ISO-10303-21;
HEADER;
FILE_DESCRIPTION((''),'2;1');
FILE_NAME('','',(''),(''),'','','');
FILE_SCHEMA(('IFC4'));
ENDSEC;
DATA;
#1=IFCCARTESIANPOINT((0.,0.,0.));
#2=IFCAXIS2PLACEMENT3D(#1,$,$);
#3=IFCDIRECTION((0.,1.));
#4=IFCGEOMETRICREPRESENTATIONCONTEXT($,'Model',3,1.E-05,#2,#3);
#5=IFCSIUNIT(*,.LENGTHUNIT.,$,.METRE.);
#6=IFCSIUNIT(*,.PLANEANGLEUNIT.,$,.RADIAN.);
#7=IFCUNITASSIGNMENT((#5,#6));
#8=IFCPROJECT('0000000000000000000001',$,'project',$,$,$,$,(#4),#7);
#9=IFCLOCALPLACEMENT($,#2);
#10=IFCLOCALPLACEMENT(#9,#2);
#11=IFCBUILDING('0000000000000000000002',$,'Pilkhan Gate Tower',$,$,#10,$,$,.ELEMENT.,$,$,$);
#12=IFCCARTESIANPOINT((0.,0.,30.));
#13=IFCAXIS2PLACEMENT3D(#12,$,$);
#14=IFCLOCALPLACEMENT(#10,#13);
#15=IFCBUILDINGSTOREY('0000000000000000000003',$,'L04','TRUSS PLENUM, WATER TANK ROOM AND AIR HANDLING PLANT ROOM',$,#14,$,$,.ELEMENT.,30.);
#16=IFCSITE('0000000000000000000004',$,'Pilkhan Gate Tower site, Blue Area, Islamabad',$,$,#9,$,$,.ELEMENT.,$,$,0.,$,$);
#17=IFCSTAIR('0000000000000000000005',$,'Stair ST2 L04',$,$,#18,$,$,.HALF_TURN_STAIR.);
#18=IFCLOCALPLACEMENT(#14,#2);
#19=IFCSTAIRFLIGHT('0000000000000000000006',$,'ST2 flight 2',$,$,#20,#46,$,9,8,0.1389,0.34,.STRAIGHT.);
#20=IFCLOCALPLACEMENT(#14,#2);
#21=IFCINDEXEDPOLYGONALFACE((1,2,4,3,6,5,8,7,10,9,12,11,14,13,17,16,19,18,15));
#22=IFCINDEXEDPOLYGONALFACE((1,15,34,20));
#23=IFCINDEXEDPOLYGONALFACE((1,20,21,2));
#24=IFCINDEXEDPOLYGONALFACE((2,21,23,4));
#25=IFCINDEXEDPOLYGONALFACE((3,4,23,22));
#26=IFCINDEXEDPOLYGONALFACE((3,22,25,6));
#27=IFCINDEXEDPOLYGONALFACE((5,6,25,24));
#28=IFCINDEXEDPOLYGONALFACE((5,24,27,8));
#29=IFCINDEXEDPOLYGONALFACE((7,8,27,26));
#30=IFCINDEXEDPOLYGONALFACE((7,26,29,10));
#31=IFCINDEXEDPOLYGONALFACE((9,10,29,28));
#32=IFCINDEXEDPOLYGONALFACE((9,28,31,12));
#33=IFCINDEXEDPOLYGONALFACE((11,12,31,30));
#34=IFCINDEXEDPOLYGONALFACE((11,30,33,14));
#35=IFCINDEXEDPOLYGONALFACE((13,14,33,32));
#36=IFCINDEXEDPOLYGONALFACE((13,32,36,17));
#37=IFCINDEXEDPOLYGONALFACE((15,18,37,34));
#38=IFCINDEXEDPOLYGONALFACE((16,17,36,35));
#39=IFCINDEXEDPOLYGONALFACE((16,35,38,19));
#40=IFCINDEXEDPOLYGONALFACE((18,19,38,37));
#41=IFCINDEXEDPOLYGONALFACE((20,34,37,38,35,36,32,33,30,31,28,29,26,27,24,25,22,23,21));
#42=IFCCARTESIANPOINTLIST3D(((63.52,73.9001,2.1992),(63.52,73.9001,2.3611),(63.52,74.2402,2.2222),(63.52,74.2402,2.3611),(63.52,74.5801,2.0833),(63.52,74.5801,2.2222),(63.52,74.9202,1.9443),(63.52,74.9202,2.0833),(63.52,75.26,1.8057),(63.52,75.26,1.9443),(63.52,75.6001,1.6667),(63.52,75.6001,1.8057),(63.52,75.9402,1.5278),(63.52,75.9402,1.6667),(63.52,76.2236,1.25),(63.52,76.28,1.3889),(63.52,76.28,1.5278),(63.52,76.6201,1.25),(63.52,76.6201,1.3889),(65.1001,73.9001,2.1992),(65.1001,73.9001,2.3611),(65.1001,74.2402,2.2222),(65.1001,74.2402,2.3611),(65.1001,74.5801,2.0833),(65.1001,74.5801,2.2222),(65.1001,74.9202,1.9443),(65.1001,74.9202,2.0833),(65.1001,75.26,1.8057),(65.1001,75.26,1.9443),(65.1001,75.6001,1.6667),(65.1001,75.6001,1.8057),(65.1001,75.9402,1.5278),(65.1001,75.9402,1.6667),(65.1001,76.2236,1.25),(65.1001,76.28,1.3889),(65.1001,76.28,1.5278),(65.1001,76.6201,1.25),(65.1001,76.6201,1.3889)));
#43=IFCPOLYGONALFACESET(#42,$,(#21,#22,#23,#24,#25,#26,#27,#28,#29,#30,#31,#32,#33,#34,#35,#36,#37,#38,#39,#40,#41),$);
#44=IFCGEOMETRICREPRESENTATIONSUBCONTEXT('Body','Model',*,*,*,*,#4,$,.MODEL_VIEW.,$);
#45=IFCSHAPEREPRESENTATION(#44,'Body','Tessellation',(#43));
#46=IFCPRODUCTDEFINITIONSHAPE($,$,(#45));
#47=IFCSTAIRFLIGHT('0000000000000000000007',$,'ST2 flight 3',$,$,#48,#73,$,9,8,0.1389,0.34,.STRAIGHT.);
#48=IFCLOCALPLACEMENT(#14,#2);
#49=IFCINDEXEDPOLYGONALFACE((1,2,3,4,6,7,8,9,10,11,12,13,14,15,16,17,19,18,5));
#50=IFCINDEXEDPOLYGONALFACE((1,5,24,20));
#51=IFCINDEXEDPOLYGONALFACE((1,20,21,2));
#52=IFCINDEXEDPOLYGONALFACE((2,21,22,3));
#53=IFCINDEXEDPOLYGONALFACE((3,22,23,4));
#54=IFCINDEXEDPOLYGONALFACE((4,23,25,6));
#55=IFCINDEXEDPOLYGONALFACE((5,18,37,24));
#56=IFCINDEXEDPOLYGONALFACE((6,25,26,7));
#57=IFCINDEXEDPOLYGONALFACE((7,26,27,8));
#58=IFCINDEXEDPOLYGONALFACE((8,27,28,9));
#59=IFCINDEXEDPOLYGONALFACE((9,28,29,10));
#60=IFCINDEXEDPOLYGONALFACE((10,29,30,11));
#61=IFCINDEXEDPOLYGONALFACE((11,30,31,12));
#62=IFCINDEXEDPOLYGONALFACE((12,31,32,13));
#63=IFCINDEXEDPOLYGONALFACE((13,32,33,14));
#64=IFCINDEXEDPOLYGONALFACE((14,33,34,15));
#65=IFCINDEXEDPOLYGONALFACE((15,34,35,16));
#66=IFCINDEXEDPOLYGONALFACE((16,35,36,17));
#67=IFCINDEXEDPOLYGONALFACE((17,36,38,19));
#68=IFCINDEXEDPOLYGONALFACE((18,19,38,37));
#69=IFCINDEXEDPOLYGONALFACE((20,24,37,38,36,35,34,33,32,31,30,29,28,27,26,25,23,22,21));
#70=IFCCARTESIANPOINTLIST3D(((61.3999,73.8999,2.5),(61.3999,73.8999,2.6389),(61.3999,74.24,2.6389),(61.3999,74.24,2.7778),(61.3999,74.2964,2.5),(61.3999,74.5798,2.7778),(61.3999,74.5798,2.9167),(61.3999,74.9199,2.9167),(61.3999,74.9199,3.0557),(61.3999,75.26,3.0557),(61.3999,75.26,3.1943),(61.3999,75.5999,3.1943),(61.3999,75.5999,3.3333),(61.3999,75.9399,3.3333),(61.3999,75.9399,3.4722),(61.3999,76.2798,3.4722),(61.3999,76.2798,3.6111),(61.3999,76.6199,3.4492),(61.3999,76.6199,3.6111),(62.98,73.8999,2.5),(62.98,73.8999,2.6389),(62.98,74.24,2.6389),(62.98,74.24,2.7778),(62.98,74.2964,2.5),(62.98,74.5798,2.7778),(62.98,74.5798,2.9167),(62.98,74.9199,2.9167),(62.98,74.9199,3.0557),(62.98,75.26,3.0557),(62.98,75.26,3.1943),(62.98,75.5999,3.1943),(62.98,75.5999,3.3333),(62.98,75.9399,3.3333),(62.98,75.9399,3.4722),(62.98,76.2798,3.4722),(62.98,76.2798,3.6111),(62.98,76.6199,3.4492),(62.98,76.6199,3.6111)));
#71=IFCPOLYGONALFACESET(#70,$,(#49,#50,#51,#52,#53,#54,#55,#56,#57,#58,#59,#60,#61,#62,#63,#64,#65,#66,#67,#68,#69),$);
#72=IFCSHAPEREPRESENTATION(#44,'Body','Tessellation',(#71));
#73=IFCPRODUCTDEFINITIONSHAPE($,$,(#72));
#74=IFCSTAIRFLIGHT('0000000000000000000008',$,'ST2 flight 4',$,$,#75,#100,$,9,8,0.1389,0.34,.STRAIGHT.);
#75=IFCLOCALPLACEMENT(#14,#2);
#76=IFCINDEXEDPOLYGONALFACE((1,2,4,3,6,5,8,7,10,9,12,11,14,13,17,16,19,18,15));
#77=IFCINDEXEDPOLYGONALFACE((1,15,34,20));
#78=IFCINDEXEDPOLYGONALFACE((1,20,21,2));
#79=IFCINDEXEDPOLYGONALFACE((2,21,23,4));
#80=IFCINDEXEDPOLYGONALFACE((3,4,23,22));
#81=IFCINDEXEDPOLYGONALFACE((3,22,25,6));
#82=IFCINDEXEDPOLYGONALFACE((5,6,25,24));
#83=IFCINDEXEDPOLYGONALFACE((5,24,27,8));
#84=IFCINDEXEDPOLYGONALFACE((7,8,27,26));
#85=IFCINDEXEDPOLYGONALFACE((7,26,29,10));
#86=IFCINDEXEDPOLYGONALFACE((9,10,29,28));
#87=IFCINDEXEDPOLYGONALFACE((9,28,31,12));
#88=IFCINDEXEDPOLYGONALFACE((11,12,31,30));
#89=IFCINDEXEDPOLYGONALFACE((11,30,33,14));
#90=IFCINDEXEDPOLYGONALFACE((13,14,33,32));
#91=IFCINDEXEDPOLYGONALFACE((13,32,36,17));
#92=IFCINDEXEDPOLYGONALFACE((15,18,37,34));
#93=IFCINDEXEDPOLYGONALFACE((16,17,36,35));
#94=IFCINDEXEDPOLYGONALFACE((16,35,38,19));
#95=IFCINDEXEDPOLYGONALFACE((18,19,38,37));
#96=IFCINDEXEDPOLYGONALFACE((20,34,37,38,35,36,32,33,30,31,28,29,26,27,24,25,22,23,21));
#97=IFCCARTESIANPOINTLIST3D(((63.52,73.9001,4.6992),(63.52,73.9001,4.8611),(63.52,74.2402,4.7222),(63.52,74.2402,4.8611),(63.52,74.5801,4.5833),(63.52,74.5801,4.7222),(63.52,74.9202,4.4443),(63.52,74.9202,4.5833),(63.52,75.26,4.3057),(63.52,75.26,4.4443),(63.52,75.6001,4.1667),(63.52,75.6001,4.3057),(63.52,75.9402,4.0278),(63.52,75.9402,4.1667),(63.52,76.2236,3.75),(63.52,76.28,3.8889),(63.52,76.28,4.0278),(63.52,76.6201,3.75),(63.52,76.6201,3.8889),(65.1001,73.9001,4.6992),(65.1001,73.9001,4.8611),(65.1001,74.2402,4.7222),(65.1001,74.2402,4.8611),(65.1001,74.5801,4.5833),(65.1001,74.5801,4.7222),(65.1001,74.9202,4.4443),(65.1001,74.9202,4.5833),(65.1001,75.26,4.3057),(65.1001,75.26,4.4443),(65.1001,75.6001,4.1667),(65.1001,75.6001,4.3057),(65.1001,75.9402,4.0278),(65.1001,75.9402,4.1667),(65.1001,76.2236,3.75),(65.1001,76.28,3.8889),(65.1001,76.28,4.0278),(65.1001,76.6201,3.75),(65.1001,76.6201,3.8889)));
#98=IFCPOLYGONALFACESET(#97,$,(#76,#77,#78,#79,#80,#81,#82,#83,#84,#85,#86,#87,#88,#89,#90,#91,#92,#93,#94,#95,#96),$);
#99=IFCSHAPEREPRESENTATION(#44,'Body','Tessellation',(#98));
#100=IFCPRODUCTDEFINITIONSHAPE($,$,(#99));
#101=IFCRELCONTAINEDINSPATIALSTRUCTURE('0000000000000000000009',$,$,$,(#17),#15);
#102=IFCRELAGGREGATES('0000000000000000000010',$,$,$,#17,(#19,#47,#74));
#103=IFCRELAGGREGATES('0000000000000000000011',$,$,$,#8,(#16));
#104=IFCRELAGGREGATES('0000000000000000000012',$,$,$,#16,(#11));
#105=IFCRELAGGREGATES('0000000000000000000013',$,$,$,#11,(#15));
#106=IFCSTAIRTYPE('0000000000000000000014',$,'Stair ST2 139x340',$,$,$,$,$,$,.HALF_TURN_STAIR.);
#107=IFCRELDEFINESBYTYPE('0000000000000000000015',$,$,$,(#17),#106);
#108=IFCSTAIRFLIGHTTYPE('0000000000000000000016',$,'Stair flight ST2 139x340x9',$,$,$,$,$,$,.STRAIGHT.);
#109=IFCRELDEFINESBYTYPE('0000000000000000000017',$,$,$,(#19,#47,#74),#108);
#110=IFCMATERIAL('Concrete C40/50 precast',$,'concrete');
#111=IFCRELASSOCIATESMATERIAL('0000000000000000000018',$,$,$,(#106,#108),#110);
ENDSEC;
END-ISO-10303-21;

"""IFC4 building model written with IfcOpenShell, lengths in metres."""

from ifc_helpers import new_model, si_unit, direction, frame, origin, place, context, subcontext, project, spatial, polyline, outline, extrude, material, type_object, element, aggregate, save


model = new_model("IFC4")

# Units and contexts
model_context = context("Model", 3, precision=1e-05, world=origin(), true_north=direction((0.0, 1.0)))
body_context = subcontext(model_context, "Body", "Model", "MODEL_VIEW")
ifc_project = project(units=[si_unit("LENGTHUNIT", "METRE"), si_unit("PLANEANGLEUNIT", "RADIAN")], contexts=[model_context])

# Site, building, storey
site_placement = place(None, origin())
site = spatial("IfcSite", under=ifc_project, at=site_placement, Name="Pilkhan Gate Tower site, Blue Area, Islamabad", CompositionType="ELEMENT", RefElevation=0.0)
building_placement = place(site_placement, origin())
building = spatial("IfcBuilding", under=site, at=building_placement, Name="Pilkhan Gate Tower", CompositionType="ELEMENT")
storey_placement = place(building_placement, frame((0.0, 0.0, 30.0)))
storey = spatial("IfcBuildingStorey", under=building, at=storey_placement, Name="L04", Description="TRUSS PLENUM, WATER TANK ROOM AND AIR HANDLING PLANT ROOM", CompositionType="ELEMENT", Elevation=30.0)

# Stair, stair flights
ifc_material_1 = material(Name="Concrete C40/50 precast", Category="concrete")
stair_type = type_object("IfcStairType", Name="Stair ST2 139x340", PredefinedType="HALF_TURN_STAIR", material=ifc_material_1)
stair_placement = place(storey_placement, origin())
stair = element("IfcStair", 1, at=stair_placement, inside=storey, type_object=stair_type, Name="Stair ST2 L04", PredefinedType="HALF_TURN_STAIR")
stair_flight_type = type_object("IfcStairFlightType", Name="Stair flight ST2 139x340x9", PredefinedType="STRAIGHT", material=ifc_material_1)
stair_flight_1_placement = place(storey_placement, frame((64.3101, 76.6201, 1.25), z_axis=(0.0, 0.0, 1.0), x_axis=(0.0, -1.0, 0.0)))
stair_flight_1 = element("IfcStairFlight", 2, at=stair_flight_1_placement, type_object=stair_flight_type, Name="ST2 flight 2", NumberOfRisers=9, NumberOfTreads=8, PredefinedType="STRAIGHT", RiserHeight=0.1389, TreadLength=0.34, context=body_context, shape_type="SweptSolid", body=[
    extrude(outline(polyline([(0.0, 0.0), (0.0, 0.1389), (0.3401, 0.1389), (0.3401, 0.2778), (0.6799, 0.2778), (0.6799, 0.4167), (1.02, 0.4167), (1.02, 0.5557), (1.3601, 0.5557), (1.3601, 0.6943), (1.7, 0.6943), (1.7, 0.8333), (2.04, 0.8333), (2.04, 0.9722), (2.3799, 0.9722), (2.3799, 1.1111), (2.72, 1.1111), (2.72, 1.25), (2.72, 0.9492), (0.3965, 0.0), (0.0, 0.0)])), frame((0.0, 0.79, 0.0), z_axis=(0.0, -1.0, 0.0), x_axis=(1.0, 0.0, 0.0)), (0.0, 0.0, 1.0), 1.5801),
])
stair_flight_2_placement = place(storey_placement, frame((62.1899, 73.8999, 2.5), z_axis=(0.0, 0.0, 1.0), x_axis=(0.0, 1.0, 0.0)))
stair_flight_2 = element("IfcStairFlight", 3, at=stair_flight_2_placement, type_object=stair_flight_type, Name="ST2 flight 3", NumberOfRisers=9, NumberOfTreads=8, PredefinedType="STRAIGHT", RiserHeight=0.1389, TreadLength=0.34, context=body_context, shape_type="SweptSolid", body=[
    extrude(outline(polyline([(0.0, 0.0), (0.0, 0.1389), (0.3401, 0.1389), (0.3401, 0.2778), (0.6799, 0.2778), (0.6799, 0.4167), (1.02, 0.4167), (1.02, 0.5557), (1.3601, 0.5557), (1.3601, 0.6943), (1.7, 0.6943), (1.7, 0.8333), (2.04, 0.8333), (2.04, 0.9722), (2.3799, 0.9722), (2.3799, 1.1111), (2.72, 1.1111), (2.72, 1.25), (2.72, 0.9492), (0.3965, 0.0), (0.0, 0.0)])), frame((0.0, 0.79, 0.0), z_axis=(0.0, -1.0, 0.0), x_axis=(1.0, 0.0, 0.0)), (0.0, 0.0, 1.0), 1.5801),
])
stair_flight_3_placement = place(storey_placement, frame((64.3101, 76.6201, 3.75), z_axis=(0.0, 0.0, 1.0), x_axis=(0.0, -1.0, 0.0)))
stair_flight_3 = element("IfcStairFlight", 4, at=stair_flight_3_placement, type_object=stair_flight_type, Name="ST2 flight 4", NumberOfRisers=9, NumberOfTreads=8, PredefinedType="STRAIGHT", RiserHeight=0.1389, TreadLength=0.34, context=body_context, shape_type="SweptSolid", body=[
    extrude(outline(polyline([(0.0, 0.0), (0.0, 0.1389), (0.3401, 0.1389), (0.3401, 0.2778), (0.6799, 0.2778), (0.6799, 0.4167), (1.02, 0.4167), (1.02, 0.5557), (1.3601, 0.5557), (1.3601, 0.6943), (1.7, 0.6943), (1.7, 0.8333), (2.04, 0.8333), (2.04, 0.9722), (2.3799, 0.9722), (2.3799, 1.1111), (2.72, 1.1111), (2.72, 1.25), (2.72, 0.9492), (0.3965, 0.0), (0.0, 0.0)])), frame((0.0, 0.79, 0.0), z_axis=(0.0, -1.0, 0.0), x_axis=(1.0, 0.0, 0.0)), (0.0, 0.0, 1.0), 1.5801),
])
aggregate(stair, [stair_flight_1, stair_flight_2, stair_flight_3])

save(model, "model.ifc")
